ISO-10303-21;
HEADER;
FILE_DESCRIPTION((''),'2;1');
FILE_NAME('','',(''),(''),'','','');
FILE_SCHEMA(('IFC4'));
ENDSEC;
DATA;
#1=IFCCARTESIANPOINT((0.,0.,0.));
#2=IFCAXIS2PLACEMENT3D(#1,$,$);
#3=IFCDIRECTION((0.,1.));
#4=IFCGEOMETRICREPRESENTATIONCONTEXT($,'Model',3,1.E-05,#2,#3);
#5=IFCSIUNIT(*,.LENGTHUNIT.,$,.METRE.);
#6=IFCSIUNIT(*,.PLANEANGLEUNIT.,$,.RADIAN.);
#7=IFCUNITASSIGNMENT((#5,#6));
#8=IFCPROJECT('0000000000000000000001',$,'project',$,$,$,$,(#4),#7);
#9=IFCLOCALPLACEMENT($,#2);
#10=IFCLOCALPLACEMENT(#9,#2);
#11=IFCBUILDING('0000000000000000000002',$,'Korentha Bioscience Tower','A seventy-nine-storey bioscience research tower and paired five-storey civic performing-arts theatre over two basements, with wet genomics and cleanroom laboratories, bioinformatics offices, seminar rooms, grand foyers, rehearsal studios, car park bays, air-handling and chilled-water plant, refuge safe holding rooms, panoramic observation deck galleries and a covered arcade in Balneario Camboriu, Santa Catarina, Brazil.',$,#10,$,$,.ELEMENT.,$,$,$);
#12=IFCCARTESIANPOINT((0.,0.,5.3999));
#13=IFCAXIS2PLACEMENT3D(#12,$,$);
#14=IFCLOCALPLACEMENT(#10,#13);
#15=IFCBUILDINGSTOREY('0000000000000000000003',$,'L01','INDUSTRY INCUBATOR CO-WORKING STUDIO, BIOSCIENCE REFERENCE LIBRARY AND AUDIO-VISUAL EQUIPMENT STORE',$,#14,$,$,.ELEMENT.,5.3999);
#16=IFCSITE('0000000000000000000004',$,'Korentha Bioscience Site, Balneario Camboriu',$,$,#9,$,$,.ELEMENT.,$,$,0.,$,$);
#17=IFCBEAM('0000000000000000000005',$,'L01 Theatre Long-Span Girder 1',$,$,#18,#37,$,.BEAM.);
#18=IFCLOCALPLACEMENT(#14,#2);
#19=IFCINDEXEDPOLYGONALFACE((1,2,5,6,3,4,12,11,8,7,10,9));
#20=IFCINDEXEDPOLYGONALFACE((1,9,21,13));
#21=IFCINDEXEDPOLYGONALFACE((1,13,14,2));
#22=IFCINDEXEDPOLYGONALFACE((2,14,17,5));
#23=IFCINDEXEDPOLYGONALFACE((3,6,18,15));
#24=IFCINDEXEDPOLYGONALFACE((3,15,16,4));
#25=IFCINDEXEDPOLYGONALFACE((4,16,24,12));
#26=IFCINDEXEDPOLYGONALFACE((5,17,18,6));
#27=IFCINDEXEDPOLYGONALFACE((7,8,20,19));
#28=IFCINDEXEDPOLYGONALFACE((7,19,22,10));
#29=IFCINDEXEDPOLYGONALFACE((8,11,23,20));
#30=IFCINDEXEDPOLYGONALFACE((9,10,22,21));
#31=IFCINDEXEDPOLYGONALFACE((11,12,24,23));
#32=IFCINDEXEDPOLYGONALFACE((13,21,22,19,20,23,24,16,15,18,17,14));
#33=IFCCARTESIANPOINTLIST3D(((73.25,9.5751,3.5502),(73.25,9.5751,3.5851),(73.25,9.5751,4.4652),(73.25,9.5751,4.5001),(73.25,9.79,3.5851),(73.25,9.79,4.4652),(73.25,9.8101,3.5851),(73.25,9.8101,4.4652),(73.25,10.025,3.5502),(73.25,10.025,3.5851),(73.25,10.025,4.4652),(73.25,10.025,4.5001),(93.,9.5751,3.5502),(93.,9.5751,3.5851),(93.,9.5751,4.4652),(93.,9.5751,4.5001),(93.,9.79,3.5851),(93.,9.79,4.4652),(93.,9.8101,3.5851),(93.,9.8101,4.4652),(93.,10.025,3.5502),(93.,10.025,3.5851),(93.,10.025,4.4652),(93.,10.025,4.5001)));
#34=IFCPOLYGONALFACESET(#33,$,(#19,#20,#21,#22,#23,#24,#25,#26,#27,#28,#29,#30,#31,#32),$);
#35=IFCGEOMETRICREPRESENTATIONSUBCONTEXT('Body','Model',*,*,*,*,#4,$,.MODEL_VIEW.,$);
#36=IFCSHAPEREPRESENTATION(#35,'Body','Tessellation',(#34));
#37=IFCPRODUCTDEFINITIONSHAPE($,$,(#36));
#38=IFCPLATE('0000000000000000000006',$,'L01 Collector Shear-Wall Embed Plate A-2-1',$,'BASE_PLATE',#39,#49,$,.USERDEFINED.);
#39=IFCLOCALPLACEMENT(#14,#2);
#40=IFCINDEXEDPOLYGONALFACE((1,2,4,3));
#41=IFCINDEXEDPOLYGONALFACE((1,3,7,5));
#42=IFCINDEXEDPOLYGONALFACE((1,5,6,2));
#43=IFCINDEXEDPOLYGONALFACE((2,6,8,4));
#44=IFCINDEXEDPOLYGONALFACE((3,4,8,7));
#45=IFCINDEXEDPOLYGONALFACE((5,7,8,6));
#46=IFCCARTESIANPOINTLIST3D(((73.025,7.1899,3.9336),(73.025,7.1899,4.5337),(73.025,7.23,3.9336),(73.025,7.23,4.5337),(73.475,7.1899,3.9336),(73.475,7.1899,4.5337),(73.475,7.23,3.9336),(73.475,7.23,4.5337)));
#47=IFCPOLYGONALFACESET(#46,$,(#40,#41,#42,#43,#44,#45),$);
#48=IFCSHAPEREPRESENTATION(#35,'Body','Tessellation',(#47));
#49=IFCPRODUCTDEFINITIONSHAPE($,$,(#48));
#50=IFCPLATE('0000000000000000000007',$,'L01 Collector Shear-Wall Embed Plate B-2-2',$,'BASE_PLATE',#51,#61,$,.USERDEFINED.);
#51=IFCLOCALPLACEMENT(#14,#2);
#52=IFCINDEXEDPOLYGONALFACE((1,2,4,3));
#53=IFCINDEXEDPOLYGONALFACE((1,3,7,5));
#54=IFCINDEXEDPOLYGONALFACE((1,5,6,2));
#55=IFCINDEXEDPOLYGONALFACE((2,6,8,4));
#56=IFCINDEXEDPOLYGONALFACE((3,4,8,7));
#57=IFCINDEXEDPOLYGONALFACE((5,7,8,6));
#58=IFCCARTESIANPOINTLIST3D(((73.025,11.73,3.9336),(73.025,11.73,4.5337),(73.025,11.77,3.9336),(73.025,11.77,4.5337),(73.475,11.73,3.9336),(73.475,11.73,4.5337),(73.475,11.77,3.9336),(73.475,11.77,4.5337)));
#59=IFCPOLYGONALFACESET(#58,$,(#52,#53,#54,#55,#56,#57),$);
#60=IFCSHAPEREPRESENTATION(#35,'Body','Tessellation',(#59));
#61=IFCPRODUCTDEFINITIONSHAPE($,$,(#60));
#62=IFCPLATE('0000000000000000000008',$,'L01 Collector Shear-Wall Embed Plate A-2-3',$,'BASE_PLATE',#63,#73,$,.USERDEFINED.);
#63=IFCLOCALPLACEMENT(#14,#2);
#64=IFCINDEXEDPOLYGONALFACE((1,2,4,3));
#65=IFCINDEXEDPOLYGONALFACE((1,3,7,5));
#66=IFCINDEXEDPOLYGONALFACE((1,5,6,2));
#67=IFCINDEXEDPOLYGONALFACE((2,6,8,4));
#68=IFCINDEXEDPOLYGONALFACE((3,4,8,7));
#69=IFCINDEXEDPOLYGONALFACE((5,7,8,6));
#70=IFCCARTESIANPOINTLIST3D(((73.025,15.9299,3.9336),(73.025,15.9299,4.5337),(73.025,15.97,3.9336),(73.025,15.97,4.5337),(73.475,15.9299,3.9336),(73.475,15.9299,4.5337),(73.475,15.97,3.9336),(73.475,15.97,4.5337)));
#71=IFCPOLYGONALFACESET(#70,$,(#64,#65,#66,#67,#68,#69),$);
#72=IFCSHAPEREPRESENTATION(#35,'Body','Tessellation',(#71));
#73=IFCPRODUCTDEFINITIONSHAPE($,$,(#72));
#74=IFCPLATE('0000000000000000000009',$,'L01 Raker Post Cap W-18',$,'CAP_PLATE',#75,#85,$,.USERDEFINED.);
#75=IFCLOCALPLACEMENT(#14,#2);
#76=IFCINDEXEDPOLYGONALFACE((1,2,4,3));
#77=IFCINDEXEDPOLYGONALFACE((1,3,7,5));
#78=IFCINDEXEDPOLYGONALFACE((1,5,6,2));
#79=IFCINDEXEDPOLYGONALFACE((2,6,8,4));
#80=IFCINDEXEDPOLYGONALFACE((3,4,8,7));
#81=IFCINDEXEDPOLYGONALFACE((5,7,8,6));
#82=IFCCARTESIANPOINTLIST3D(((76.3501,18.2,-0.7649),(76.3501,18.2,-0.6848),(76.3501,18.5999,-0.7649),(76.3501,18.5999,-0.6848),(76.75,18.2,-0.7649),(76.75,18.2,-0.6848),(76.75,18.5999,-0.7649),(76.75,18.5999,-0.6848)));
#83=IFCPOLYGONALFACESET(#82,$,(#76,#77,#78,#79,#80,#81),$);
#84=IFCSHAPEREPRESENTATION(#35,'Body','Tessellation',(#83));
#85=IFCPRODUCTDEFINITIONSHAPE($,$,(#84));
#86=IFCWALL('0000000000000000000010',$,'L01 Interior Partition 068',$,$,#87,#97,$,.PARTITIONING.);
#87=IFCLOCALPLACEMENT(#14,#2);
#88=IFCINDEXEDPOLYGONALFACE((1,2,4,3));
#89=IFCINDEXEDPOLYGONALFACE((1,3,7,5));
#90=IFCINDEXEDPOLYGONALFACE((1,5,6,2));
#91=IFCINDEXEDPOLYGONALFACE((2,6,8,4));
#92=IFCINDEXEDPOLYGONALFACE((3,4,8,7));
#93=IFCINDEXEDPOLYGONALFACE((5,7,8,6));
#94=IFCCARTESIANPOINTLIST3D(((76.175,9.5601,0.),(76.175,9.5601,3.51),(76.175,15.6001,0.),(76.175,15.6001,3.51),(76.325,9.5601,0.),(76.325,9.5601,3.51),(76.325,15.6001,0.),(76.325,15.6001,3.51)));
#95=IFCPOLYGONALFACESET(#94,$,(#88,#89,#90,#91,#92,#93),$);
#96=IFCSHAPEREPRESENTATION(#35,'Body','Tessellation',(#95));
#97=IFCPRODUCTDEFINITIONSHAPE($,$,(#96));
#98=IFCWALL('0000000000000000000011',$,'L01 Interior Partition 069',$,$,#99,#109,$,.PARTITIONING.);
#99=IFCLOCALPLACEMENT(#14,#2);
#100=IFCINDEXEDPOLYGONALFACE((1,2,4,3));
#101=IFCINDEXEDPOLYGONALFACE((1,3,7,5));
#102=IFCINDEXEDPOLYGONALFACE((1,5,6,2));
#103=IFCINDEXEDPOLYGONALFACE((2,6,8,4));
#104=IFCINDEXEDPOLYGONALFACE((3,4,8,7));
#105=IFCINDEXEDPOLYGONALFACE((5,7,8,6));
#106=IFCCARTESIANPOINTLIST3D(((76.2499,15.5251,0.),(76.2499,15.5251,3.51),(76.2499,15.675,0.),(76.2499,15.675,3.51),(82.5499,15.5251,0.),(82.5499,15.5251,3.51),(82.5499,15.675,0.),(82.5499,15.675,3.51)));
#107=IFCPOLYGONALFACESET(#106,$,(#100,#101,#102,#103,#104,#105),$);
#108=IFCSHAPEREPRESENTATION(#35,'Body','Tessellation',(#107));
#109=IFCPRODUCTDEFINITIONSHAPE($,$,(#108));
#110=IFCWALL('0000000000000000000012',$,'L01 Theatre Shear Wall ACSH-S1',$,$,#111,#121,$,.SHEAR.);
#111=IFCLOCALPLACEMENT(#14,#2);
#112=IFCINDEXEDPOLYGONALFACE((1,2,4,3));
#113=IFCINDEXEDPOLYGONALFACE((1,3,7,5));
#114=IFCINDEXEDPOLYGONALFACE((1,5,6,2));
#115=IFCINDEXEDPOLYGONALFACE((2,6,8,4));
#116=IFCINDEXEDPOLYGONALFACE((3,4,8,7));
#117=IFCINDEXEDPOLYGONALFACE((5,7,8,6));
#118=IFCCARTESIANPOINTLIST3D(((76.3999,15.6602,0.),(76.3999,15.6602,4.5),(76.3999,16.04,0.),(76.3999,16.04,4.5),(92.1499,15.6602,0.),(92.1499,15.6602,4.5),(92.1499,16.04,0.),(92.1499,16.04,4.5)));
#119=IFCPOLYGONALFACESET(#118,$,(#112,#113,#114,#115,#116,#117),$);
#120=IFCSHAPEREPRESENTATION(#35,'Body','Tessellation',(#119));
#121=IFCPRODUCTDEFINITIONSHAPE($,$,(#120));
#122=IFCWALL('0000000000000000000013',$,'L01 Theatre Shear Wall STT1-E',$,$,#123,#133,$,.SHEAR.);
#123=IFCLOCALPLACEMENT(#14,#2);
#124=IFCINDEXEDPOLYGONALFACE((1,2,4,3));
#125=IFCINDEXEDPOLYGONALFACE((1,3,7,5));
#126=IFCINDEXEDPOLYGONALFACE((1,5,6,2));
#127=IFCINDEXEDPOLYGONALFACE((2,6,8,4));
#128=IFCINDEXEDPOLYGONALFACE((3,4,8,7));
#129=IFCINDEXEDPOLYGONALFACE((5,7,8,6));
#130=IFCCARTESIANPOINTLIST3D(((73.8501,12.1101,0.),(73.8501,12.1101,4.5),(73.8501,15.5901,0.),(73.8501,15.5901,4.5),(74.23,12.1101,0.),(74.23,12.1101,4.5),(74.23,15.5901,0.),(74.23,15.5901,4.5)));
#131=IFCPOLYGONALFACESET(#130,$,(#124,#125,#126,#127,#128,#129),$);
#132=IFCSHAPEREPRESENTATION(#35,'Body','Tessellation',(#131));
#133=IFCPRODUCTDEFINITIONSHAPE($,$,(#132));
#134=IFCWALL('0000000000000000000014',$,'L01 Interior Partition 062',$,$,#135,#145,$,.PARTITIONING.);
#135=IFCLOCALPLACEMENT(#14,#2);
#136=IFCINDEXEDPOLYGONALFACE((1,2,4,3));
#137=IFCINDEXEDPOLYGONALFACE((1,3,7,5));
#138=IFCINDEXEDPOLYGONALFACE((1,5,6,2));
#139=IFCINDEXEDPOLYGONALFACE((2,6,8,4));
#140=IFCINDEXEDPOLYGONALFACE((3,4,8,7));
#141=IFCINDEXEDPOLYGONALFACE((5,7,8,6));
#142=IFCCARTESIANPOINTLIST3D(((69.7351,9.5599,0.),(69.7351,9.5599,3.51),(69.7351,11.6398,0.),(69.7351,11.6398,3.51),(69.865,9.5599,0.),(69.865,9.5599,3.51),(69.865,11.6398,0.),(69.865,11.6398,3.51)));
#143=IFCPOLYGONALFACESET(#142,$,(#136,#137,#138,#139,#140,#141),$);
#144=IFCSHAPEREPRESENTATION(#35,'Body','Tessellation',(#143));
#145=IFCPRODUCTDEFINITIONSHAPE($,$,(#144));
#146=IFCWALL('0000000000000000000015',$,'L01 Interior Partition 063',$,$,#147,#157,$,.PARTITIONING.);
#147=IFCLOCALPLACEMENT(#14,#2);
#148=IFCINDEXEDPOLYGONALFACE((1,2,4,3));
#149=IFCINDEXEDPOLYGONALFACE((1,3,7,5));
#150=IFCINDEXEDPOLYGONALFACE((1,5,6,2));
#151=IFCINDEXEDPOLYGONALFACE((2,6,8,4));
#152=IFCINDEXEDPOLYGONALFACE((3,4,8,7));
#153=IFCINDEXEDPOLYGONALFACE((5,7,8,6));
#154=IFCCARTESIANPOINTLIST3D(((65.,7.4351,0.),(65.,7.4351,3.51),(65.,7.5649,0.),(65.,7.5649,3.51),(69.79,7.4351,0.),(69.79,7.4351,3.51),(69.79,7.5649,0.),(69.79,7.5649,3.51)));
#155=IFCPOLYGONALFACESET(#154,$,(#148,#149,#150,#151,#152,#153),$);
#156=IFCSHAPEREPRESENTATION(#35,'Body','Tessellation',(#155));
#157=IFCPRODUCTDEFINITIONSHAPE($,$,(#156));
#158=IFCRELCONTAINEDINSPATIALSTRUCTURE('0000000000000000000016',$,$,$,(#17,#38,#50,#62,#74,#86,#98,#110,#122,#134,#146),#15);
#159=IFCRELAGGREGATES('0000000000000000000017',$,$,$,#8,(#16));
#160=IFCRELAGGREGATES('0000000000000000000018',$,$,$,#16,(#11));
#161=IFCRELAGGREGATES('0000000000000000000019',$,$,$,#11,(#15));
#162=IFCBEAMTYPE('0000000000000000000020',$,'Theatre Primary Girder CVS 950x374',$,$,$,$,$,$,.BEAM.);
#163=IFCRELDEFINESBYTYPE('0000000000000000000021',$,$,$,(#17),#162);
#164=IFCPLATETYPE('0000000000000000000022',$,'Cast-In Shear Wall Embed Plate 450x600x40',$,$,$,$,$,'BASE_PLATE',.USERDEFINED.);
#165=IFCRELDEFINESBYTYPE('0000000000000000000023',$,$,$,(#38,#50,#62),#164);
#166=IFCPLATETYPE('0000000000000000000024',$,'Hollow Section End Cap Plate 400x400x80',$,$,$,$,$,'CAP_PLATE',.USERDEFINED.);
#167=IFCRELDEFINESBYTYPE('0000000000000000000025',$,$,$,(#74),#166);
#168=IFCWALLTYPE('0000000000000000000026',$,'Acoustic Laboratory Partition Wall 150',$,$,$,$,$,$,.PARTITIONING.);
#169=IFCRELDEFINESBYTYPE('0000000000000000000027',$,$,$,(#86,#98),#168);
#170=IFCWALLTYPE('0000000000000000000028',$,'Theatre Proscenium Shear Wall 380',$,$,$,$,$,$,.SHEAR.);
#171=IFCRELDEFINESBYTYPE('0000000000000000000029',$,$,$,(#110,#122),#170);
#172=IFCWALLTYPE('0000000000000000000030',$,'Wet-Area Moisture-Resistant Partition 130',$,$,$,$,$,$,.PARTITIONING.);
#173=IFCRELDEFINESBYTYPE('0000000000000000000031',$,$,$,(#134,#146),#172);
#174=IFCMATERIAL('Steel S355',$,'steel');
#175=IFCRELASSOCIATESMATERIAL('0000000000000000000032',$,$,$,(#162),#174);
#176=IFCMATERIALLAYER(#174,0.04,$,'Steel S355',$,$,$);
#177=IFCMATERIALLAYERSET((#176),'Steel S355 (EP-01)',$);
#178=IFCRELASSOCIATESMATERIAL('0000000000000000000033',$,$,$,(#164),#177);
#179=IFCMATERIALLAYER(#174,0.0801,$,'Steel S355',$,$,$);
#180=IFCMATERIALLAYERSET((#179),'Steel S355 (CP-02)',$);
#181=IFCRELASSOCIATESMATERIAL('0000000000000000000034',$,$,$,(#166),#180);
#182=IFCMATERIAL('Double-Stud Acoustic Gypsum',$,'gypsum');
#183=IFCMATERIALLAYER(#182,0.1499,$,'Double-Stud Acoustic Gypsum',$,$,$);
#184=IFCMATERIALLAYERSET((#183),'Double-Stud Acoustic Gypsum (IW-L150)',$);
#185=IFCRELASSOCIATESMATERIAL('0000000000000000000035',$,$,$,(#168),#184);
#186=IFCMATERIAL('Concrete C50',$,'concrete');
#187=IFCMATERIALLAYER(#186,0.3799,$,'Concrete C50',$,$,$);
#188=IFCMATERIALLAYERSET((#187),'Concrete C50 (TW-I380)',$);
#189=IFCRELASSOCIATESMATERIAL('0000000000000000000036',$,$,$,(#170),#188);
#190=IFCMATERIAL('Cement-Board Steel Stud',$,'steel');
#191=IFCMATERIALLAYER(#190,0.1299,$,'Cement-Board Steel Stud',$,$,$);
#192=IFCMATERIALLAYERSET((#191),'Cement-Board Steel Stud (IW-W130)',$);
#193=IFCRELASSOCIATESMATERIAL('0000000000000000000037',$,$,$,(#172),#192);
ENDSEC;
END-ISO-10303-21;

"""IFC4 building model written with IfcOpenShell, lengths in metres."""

from ifc_helpers import new_model, si_unit, direction, frame, frame_2d, origin, origin_2d, place, context, subcontext, project, spatial, rectangle, i_section, extrude, material, layer, layer_set, material_profile, profile_set, type_object, element, save


model = new_model("IFC4")

# Units and contexts
model_context = context("Model", 3, precision=1e-05, world=origin(), true_north=direction((0.0, 1.0)))
body_context = subcontext(model_context, "Body", "Model", "MODEL_VIEW")
ifc_project = project(units=[si_unit("LENGTHUNIT", "METRE"), si_unit("PLANEANGLEUNIT", "RADIAN")], contexts=[model_context])

# Site, building, storey
site_placement = place(None, origin())
site = spatial("IfcSite", under=ifc_project, at=site_placement, Name="Korentha Bioscience Site, Balneario Camboriu", CompositionType="ELEMENT", RefElevation=0.0)
building_placement = place(site_placement, origin())
building = spatial("IfcBuilding", under=site, at=building_placement, Name="Korentha Bioscience Tower", Description="A seventy-nine-storey bioscience research tower and paired five-storey civic performing-arts theatre over two basements, with wet genomics and cleanroom laboratories, bioinformatics offices, seminar rooms, grand foyers, rehearsal studios, car park bays, air-handling and chilled-water plant, refuge safe holding rooms, panoramic observation deck galleries and a covered arcade in Balneario Camboriu, Santa Catarina, Brazil.", CompositionType="ELEMENT")
storey_placement = place(building_placement, frame((0.0, 0.0, 5.3999)))
storey = spatial("IfcBuildingStorey", under=building, at=storey_placement, Name="L01", Description="INDUSTRY INCUBATOR CO-WORKING STUDIO, BIOSCIENCE REFERENCE LIBRARY AND AUDIO-VISUAL EQUIPMENT STORE", CompositionType="ELEMENT", Elevation=5.3999)

# Shared definitions
ifc_material_1 = material(Name="Concrete C50", Category="concrete")
ifc_material_2 = material(Name="Steel S355", Category="steel")

# Beam
ifc_material_profile_1 = material_profile(ifc_material_2, i_section(OverallWidth=0.45, OverallDepth=0.95, WebThickness=0.02, FlangeThickness=0.0349, at=origin_2d()), Name="Steel S355")
ifc_profile_set_1 = profile_set([ifc_material_profile_1], Name="Steel S355 (TB-950)")
beam_type_1 = type_object("IfcBeamType", Name="Theatre Primary Girder CVS 950x374", PredefinedType="BEAM", material=ifc_profile_set_1)
beam_1_placement = place(storey_placement, frame((73.25, 9.8, 4.0251), z_axis=(1.0, 0.0, 0.0), x_axis=(0.0, 1.0, 0.0)))
element("IfcBeam", 1, at=beam_1_placement, inside=storey, type_object=beam_type_1, Name="L01 Theatre Long-Span Girder 1", PredefinedType="BEAM", context=body_context, shape_type="SweptSolid", body=[
    extrude(i_section(OverallWidth=0.45, OverallDepth=0.95, WebThickness=0.02, FlangeThickness=0.0349, at=origin_2d()), origin(), (0.0, 0.0, 1.0), 19.75),
])

# Plates
ifc_layer_1 = layer(ifc_material_2, 0.04, Name="Steel S355")
ifc_layer_set_1 = layer_set([ifc_layer_1], Name="Steel S355 (EP-01)")
plate_type_1 = type_object("IfcPlateType", Name="Cast-In Shear Wall Embed Plate 450x600x40", ElementType="BASE_PLATE", PredefinedType="USERDEFINED", material=ifc_layer_set_1)
for number, where, z_axis, x_axis, name in (
    (2, (73.25, 7.21, 3.9336), (0.0, 0.0, 1.0), (1.0, 0.0, 0.0), "L01 Collector Shear-Wall Embed Plate A-2-1"),
    (3, (73.25, 11.75, 3.9336), (0.0, 0.0, 1.0), (1.0, 0.0, 0.0), "L01 Collector Shear-Wall Embed Plate B-2-2"),
    (4, (73.25, 15.95, 3.9336), (0.0, 0.0, 1.0), (1.0, 0.0, 0.0), "L01 Collector Shear-Wall Embed Plate A-2-3"),
):
    element("IfcPlate", number, at=place(storey_placement, frame(where, z_axis=z_axis, x_axis=x_axis)), inside=storey, type_object=plate_type_1, Name=name, ObjectType="BASE_PLATE", PredefinedType="USERDEFINED", context=body_context, shape_type="SweptSolid", body=[
        extrude(rectangle(XDim=0.45, YDim=0.04, at=origin_2d()), origin(), (0.0, 0.0, 1.0), 0.6001),
    ])
ifc_layer_2 = layer(ifc_material_2, 0.0801, Name="Steel S355")
ifc_layer_set_2 = layer_set([ifc_layer_2], Name="Steel S355 (CP-02)")
plate_type_2 = type_object("IfcPlateType", Name="Hollow Section End Cap Plate 400x400x80", ElementType="CAP_PLATE", PredefinedType="USERDEFINED", material=ifc_layer_set_2)
plate_placement = place(storey_placement, frame((76.55, 18.3999, -0.7649), z_axis=(0.0, 0.0, 1.0), x_axis=(1.0, 0.0, 0.0)))
element("IfcPlate", 5, at=plate_placement, inside=storey, type_object=plate_type_2, Name="L01 Raker Post Cap W-18", ObjectType="CAP_PLATE", PredefinedType="USERDEFINED", context=body_context, shape_type="SweptSolid", body=[
    extrude(rectangle(XDim=0.3999, YDim=0.3999, at=origin_2d()), origin(), (0.0, 0.0, 1.0), 0.0801),
])

# Walls
ifc_material_3 = material(Name="Double-Stud Acoustic Gypsum", Category="gypsum")
ifc_layer_3 = layer(ifc_material_3, 0.1499, Name="Double-Stud Acoustic Gypsum")
ifc_layer_set_3 = layer_set([ifc_layer_3], Name="Double-Stud Acoustic Gypsum (IW-L150)")
wall_type_1 = type_object("IfcWallType", Name="Acoustic Laboratory Partition Wall 150", PredefinedType="PARTITIONING", material=ifc_layer_set_3)
wall_1_placement = place(storey_placement, frame((76.25, 9.5601, 0.0), z_axis=(0.0, 0.0, 1.0), x_axis=(0.0, 1.0, 0.0)))
element("IfcWall", 6, at=wall_1_placement, inside=storey, type_object=wall_type_1, Name="L01 Interior Partition 068", PredefinedType="PARTITIONING", context=body_context, shape_type="SweptSolid", body=[
    extrude(rectangle(XDim=6.04, YDim=0.1499, at=frame_2d((3.02, 0.0))), origin(), (0.0, 0.0, 1.0), 3.51),
])
wall_2_placement = place(storey_placement, frame((76.25, 15.6001, 0.0), z_axis=(0.0, 0.0, 1.0), x_axis=(1.0, 0.0, 0.0)))
element("IfcWall", 7, at=wall_2_placement, inside=storey, type_object=wall_type_1, Name="L01 Interior Partition 069", PredefinedType="PARTITIONING", context=body_context, shape_type="SweptSolid", body=[
    extrude(rectangle(XDim=6.3, YDim=0.1499, at=frame_2d((3.1499, 0.0))), origin(), (0.0, 0.0, 1.0), 3.51),
])
ifc_layer_4 = layer(ifc_material_1, 0.3799, Name="Concrete C50")
ifc_layer_set_4 = layer_set([ifc_layer_4], Name="Concrete C50 (TW-I380)")
wall_type_2 = type_object("IfcWallType", Name="Theatre Proscenium Shear Wall 380", PredefinedType="SHEAR", material=ifc_layer_set_4)
wall_3_placement = place(storey_placement, frame((76.3999, 15.8501, 0.0), z_axis=(0.0, 0.0, 1.0), x_axis=(1.0, 0.0, 0.0)))
element("IfcWall", 8, at=wall_3_placement, inside=storey, type_object=wall_type_2, Name="L01 Theatre Shear Wall ACSH-S1", PredefinedType="SHEAR", context=body_context, shape_type="SweptSolid", body=[
    extrude(rectangle(XDim=15.75, YDim=0.3799, at=frame_2d((7.875, 0.0))), origin(), (0.0, 0.0, 1.0), 4.5),
])
wall_4_placement = place(storey_placement, frame((74.04, 12.1101, 0.0), z_axis=(0.0, 0.0, 1.0), x_axis=(0.0, 1.0, 0.0)))
element("IfcWall", 9, at=wall_4_placement, inside=storey, type_object=wall_type_2, Name="L01 Theatre Shear Wall STT1-E", PredefinedType="SHEAR", context=body_context, shape_type="SweptSolid", body=[
    extrude(rectangle(XDim=3.48, YDim=0.3799, at=frame_2d((1.74, 0.0))), origin(), (0.0, 0.0, 1.0), 4.5),
])

# Shared definitions
ifc_material_4 = material(Name="Cement-Board Steel Stud", Category="steel")
ifc_layer_5 = layer(ifc_material_4, 0.1299, Name="Cement-Board Steel Stud")
ifc_layer_set_5 = layer_set([ifc_layer_5], Name="Cement-Board Steel Stud (IW-W130)")
wall_type_3 = type_object("IfcWallType", Name="Wet-Area Moisture-Resistant Partition 130", PredefinedType="PARTITIONING", material=ifc_layer_set_5)

# Walls
wall_5_placement = place(storey_placement, frame((69.8, 11.6399, 0.0), z_axis=(0.0, 0.0, 1.0), x_axis=(0.0, -1.0, 0.0)))
element("IfcWall", 10, at=wall_5_placement, inside=storey, type_object=wall_type_3, Name="L01 Interior Partition 062", PredefinedType="PARTITIONING", context=body_context, shape_type="SweptSolid", body=[
    extrude(rectangle(XDim=2.0798, YDim=0.1299, at=frame_2d((1.04, 0.0))), origin(), (0.0, 0.0, 1.0), 3.51),
])
wall_6_placement = place(storey_placement, frame((69.79, 7.5, 0.0), z_axis=(0.0, 0.0, 1.0), x_axis=(-1.0, 0.0, 0.0)))
element("IfcWall", 11, at=wall_6_placement, inside=storey, type_object=wall_type_3, Name="L01 Interior Partition 063", PredefinedType="PARTITIONING", context=body_context, shape_type="SweptSolid", body=[
    extrude(rectangle(XDim=4.79, YDim=0.1299, at=frame_2d((2.395, 0.0))), origin(), (0.0, 0.0, 1.0), 3.51),
])

save(model, "model.ifc")
